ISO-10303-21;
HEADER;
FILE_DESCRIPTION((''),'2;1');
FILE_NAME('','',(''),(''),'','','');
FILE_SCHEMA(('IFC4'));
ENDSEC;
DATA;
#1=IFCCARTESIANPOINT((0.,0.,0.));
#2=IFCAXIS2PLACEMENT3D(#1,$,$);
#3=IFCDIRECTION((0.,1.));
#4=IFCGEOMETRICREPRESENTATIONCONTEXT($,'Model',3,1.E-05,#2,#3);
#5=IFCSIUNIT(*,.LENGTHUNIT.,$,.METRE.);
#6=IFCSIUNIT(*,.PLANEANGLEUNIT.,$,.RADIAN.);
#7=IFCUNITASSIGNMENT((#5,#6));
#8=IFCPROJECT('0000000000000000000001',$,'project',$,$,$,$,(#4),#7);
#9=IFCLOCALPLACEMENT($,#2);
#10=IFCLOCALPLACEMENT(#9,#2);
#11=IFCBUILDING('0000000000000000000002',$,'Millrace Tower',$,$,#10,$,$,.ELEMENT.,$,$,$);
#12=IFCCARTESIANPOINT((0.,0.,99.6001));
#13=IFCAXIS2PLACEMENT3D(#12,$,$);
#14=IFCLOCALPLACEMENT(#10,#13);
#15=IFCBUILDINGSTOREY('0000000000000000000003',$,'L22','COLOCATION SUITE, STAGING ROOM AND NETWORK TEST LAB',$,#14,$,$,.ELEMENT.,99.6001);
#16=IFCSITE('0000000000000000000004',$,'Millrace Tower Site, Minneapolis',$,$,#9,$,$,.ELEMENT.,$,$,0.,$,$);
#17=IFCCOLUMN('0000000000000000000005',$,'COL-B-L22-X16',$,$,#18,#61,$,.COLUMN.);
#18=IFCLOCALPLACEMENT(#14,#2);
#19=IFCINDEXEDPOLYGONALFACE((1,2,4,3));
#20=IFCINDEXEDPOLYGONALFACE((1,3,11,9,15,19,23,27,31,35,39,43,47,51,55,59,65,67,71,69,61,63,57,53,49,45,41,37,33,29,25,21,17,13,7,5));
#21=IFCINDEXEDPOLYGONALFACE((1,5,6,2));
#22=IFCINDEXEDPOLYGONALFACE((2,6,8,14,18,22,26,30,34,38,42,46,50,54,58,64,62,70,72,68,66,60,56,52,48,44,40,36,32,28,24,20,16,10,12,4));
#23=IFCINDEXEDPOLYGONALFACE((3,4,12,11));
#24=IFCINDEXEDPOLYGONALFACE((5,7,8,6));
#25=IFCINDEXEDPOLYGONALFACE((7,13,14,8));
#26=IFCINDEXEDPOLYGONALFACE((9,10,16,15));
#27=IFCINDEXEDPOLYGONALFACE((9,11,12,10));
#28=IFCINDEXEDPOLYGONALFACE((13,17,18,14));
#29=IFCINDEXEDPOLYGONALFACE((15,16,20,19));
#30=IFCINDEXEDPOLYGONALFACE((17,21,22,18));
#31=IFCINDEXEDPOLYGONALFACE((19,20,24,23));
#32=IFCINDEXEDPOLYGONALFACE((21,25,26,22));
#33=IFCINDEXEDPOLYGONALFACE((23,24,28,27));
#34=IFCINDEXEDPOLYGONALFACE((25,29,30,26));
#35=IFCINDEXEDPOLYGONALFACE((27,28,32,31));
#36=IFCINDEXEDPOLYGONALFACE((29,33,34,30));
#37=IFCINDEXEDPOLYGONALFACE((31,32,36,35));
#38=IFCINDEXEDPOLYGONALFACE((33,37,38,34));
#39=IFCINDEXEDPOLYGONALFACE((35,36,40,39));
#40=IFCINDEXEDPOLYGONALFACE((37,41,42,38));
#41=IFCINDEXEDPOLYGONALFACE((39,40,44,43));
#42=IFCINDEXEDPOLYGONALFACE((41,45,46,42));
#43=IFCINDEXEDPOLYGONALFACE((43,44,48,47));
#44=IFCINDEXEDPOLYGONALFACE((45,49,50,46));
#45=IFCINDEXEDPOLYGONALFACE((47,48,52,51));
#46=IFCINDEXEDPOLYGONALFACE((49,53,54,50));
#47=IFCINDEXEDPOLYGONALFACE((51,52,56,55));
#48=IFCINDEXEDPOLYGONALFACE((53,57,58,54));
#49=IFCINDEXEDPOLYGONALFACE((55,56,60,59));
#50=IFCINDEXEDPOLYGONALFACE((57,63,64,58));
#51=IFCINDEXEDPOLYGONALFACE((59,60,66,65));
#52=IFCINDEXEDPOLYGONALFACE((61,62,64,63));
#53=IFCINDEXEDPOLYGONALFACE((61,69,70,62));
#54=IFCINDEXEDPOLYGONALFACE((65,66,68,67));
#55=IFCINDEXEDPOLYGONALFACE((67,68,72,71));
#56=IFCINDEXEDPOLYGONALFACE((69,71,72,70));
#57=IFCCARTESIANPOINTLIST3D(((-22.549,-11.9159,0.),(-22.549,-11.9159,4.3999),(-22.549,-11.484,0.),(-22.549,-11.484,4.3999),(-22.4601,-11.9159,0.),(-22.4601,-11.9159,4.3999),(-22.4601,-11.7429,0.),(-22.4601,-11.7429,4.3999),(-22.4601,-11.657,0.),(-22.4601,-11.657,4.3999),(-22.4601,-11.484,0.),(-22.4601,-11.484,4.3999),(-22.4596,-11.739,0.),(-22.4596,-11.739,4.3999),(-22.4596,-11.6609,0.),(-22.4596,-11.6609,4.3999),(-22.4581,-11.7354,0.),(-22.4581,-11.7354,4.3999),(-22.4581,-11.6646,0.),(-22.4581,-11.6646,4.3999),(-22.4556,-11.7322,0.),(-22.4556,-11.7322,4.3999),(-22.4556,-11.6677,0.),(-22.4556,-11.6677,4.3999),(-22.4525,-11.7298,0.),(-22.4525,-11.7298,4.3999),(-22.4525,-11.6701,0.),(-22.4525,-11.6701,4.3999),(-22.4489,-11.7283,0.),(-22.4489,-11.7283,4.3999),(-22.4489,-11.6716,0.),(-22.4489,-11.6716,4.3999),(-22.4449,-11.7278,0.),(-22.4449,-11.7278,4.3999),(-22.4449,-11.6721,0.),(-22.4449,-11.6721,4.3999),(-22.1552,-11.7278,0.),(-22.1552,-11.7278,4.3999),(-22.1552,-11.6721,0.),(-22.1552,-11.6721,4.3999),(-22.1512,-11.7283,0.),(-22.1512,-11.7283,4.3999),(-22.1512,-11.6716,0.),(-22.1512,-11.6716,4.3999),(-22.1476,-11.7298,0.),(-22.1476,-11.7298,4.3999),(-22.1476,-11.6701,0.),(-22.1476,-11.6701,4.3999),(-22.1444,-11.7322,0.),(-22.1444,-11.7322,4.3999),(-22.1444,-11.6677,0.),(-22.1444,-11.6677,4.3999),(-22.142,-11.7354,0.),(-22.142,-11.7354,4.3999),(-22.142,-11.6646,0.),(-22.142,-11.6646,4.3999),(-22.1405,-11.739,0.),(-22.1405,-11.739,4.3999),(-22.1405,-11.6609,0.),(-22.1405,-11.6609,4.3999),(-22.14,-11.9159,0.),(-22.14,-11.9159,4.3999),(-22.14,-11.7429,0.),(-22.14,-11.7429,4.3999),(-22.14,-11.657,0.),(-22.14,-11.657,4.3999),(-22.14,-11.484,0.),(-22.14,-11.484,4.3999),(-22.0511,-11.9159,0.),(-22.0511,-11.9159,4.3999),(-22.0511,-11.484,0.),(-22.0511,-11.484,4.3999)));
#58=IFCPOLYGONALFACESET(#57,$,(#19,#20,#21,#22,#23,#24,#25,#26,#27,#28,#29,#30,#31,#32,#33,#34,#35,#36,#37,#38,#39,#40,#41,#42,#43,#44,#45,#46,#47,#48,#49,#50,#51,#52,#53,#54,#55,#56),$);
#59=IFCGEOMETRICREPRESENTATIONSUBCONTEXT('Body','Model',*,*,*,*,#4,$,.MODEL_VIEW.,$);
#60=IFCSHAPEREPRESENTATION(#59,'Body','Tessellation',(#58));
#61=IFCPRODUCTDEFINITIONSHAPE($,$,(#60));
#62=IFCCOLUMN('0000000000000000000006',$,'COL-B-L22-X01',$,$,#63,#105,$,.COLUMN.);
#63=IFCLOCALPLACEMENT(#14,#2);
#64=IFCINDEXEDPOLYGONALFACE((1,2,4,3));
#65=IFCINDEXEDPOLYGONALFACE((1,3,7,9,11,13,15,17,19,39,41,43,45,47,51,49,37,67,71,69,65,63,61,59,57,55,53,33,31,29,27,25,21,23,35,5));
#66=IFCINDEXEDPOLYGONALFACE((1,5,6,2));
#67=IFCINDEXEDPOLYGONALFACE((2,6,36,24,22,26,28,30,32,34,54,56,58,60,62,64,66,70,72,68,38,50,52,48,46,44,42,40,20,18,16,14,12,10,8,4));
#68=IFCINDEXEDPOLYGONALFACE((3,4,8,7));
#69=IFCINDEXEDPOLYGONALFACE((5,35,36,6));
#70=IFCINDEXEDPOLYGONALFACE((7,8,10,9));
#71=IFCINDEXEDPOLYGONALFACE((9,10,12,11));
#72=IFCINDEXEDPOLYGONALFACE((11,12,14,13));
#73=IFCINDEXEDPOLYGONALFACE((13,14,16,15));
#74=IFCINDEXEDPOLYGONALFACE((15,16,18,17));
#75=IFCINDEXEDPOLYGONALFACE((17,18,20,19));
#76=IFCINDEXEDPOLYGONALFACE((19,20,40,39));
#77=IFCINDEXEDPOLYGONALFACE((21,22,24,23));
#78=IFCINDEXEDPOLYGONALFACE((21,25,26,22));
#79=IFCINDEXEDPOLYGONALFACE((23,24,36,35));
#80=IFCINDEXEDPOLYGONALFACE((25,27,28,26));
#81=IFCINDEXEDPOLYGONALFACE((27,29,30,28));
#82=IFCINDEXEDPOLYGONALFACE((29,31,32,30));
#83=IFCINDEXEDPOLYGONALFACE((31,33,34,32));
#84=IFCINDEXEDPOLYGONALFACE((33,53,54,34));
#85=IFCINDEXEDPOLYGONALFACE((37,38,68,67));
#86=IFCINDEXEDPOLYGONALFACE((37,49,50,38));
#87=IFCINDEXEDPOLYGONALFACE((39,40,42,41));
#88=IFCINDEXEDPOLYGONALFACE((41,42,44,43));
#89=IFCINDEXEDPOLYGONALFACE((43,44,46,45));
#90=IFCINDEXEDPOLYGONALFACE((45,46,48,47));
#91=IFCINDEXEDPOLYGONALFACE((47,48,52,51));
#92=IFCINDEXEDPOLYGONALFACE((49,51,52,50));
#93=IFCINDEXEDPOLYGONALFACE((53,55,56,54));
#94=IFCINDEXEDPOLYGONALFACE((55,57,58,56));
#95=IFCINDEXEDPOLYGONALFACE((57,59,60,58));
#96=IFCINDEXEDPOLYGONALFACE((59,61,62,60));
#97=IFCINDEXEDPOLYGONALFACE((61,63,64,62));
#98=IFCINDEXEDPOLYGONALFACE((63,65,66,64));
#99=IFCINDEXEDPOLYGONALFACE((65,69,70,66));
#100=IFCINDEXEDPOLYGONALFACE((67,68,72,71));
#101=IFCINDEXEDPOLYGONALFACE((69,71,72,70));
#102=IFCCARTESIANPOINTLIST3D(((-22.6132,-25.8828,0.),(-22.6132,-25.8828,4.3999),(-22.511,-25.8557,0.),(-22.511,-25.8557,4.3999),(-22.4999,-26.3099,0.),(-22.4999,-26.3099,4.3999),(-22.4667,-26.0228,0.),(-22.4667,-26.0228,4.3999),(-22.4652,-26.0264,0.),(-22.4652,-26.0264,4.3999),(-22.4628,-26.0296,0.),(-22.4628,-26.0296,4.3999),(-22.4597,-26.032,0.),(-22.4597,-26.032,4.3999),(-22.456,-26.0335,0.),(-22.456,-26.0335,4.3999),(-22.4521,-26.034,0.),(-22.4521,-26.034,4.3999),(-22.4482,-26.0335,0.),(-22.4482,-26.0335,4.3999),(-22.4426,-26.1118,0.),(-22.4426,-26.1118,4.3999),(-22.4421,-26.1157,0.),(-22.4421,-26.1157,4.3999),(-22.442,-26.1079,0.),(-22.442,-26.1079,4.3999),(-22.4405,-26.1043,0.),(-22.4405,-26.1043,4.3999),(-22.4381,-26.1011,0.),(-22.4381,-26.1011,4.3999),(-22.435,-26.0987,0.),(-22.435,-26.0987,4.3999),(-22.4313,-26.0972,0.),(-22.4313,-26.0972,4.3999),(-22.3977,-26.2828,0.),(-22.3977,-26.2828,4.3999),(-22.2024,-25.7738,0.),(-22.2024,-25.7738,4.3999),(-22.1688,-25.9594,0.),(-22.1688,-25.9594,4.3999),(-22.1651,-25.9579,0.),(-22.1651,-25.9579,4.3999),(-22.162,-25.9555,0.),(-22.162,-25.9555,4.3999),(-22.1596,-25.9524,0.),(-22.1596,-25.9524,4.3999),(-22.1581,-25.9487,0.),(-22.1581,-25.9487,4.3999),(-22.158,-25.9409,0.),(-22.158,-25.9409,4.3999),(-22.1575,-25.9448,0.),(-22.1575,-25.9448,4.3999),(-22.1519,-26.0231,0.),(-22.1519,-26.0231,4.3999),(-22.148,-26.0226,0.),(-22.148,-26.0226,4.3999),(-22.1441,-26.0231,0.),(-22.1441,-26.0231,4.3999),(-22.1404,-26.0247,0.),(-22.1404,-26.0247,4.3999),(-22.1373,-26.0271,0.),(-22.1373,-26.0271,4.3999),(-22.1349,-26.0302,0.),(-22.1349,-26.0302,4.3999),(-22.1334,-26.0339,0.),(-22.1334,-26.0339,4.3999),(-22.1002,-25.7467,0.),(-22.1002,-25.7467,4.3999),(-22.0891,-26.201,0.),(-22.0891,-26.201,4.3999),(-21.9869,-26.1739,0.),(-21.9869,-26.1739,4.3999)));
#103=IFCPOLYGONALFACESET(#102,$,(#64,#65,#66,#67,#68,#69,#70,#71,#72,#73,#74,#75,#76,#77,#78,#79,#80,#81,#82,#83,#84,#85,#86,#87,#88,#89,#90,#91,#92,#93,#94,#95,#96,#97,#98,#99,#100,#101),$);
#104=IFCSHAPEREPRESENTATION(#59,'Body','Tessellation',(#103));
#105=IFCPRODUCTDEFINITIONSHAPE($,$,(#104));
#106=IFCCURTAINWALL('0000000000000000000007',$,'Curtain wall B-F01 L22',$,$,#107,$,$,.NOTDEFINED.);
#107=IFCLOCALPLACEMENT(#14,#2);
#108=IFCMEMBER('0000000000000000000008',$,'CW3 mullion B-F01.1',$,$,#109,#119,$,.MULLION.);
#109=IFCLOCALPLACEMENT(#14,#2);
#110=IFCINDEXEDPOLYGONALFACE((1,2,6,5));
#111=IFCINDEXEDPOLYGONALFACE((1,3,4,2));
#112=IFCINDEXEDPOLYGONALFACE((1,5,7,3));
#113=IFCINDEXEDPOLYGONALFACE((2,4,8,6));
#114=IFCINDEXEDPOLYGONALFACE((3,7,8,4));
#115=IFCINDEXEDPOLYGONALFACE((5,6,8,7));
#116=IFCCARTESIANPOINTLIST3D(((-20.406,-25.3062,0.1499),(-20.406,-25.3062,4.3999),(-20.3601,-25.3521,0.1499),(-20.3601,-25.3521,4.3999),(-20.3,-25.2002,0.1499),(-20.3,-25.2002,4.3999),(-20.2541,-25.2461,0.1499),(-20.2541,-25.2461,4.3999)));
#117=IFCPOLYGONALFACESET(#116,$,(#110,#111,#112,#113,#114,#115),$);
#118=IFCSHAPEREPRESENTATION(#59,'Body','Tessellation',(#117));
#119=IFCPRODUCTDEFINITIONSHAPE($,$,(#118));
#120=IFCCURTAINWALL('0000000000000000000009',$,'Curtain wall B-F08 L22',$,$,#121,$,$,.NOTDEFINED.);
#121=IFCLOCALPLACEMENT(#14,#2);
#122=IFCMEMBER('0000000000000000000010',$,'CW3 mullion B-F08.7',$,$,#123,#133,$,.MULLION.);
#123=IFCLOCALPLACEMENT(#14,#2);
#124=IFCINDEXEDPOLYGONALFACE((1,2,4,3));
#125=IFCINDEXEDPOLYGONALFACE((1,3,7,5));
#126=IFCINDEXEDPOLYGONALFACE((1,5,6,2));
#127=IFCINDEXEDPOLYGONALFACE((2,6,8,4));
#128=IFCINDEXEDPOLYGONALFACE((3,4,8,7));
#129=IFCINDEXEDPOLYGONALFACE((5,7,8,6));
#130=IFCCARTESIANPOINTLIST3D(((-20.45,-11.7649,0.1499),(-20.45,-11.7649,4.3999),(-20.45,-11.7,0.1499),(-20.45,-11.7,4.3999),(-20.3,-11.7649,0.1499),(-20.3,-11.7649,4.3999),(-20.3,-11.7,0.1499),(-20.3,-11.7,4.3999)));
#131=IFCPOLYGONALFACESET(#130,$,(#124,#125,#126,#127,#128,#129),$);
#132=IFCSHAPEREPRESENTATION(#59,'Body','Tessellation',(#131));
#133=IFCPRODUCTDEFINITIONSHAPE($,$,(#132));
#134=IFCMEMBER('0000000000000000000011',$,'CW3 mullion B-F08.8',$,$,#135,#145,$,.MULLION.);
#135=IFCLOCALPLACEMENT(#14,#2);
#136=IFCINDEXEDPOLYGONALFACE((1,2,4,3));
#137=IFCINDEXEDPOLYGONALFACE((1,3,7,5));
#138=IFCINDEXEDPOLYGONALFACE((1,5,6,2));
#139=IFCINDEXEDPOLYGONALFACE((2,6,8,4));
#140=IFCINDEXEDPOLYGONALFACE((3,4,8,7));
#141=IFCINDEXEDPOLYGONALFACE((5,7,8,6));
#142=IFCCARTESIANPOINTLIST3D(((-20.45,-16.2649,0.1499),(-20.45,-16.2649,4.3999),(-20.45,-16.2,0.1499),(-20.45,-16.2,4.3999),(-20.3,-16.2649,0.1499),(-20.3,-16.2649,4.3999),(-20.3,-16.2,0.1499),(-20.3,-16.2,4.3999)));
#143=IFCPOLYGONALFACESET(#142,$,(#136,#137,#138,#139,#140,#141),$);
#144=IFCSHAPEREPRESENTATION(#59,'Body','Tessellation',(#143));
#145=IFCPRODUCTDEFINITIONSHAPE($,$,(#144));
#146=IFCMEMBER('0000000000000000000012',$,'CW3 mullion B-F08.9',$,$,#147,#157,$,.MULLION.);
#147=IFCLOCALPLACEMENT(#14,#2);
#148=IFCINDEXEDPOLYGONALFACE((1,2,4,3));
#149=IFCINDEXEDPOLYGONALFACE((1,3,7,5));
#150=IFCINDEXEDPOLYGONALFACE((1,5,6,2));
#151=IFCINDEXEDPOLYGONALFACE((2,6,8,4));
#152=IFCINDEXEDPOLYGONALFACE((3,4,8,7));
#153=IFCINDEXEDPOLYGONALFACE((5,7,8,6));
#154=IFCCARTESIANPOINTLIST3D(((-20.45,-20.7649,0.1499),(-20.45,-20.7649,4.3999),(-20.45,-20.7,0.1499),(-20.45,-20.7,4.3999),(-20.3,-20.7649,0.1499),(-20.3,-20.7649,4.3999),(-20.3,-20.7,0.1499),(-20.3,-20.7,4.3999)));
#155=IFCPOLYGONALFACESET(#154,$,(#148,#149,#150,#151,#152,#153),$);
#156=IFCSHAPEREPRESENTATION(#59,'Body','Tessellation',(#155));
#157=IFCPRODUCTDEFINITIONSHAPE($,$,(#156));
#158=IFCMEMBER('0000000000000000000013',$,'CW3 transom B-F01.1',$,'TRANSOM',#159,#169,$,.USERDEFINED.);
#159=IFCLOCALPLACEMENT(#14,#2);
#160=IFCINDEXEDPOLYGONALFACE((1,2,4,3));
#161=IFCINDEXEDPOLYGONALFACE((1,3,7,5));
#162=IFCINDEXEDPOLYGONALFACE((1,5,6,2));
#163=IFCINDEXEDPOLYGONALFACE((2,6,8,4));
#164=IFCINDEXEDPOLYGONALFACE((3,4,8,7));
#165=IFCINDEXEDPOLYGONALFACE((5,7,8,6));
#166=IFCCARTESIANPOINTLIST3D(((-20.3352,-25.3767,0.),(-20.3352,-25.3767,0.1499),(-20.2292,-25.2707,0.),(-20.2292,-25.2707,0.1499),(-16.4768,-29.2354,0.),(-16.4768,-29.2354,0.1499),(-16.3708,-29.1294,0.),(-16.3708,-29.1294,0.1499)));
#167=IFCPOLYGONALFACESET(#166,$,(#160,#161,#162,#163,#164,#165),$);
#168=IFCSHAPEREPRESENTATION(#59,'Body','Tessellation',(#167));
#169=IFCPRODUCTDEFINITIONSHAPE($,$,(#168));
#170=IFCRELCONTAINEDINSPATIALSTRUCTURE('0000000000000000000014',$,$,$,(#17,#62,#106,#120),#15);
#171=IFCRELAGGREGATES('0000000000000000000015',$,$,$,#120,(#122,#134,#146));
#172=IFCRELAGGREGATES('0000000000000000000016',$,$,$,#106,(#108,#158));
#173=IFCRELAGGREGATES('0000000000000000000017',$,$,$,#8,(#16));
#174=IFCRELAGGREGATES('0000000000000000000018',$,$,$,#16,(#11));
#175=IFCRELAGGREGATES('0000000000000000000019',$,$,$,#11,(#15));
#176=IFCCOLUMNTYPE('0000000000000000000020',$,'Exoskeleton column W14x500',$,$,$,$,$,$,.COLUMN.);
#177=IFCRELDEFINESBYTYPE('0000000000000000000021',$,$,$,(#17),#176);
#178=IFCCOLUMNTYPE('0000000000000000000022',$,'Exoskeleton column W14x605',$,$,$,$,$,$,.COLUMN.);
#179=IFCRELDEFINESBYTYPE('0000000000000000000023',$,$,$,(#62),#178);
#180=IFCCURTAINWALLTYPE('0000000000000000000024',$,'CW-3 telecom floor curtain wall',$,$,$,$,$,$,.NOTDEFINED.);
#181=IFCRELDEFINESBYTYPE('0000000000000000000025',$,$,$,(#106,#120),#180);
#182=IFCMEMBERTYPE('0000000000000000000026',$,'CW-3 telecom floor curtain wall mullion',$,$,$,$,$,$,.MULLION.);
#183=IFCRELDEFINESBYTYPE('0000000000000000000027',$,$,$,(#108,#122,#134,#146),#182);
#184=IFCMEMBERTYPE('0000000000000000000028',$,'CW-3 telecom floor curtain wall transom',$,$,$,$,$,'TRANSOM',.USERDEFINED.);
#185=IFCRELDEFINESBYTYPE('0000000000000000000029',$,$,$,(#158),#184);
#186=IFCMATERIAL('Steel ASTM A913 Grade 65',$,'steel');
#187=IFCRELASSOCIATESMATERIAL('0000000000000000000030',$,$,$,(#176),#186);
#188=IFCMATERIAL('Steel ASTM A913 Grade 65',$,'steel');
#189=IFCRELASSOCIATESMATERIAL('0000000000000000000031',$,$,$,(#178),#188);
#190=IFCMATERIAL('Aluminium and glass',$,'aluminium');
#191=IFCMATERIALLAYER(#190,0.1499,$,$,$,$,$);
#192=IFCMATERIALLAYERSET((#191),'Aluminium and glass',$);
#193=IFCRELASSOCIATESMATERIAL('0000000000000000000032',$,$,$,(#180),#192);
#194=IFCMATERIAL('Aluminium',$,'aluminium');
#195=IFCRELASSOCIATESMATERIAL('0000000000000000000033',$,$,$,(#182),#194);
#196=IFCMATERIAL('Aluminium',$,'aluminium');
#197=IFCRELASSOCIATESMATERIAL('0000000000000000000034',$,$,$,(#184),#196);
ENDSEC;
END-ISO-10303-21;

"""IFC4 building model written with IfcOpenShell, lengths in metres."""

from ifc_helpers import new_model, si_unit, direction, frame, origin, origin_2d, place, context, subcontext, project, spatial, rectangle, i_section, extrude, material, layer, layer_set, material_profile, profile_set, type_object, element, aggregate, save


model = new_model("IFC4")

# Units and contexts
model_context = context("Model", 3, precision=1e-05, world=origin(), true_north=direction((0.0, 1.0)))
body_context = subcontext(model_context, "Body", "Model", "MODEL_VIEW")
ifc_project = project(units=[si_unit("LENGTHUNIT", "METRE"), si_unit("PLANEANGLEUNIT", "RADIAN")], contexts=[model_context])

# Site, building, storey
site_placement = place(None, origin())
site = spatial("IfcSite", under=ifc_project, at=site_placement, Name="Millrace Tower Site, Minneapolis", CompositionType="ELEMENT", RefElevation=0.0)
building_placement = place(site_placement, origin())
building = spatial("IfcBuilding", under=site, at=building_placement, Name="Millrace Tower", CompositionType="ELEMENT")
storey_placement = place(building_placement, frame((0.0, 0.0, 99.6001)))
storey = spatial("IfcBuildingStorey", under=building, at=storey_placement, Name="L22", Description="COLOCATION SUITE, STAGING ROOM AND NETWORK TEST LAB", CompositionType="ELEMENT", Elevation=99.6001)

# Columns
ifc_material_1 = material(Name="Steel ASTM A913 Grade 65", Category="steel")
ifc_material_profile_1 = material_profile(ifc_material_1, i_section(OverallWidth=0.4319, OverallDepth=0.4978, WebThickness=0.0557, FlangeThickness=0.0889, FilletRadius=0.0151, at=origin_2d()))
ifc_profile_set_1 = profile_set([ifc_material_profile_1], Name="Steel ASTM A913 Grade 65")
column_type_1 = type_object("IfcColumnType", Name="Exoskeleton column W14x500", PredefinedType="COLUMN", material=ifc_profile_set_1)
column_1_placement = place(storey_placement, frame((-22.3, -11.7, 0.0), z_axis=(0.0, 0.0, 1.0), x_axis=(0.0, -1.0, 0.0)))
element("IfcColumn", 1, at=column_1_placement, inside=storey, type_object=column_type_1, Name="COL-B-L22-X16", PredefinedType="COLUMN", context=body_context, shape_type="SweptSolid", body=[
    extrude(i_section(OverallWidth=0.4319, OverallDepth=0.4978, WebThickness=0.0557, FlangeThickness=0.0889, FilletRadius=0.0151, at=origin_2d()), origin(), (0.0, 0.0, 1.0), 4.3999),
])
ifc_material_2 = material(Name="Steel ASTM A913 Grade 65", Category="steel")
ifc_material_profile_2 = material_profile(ifc_material_2, i_section(OverallWidth=0.4419, OverallDepth=0.5308, WebThickness=0.0659, FlangeThickness=0.1057, FilletRadius=0.0151, at=origin_2d()))
ifc_profile_set_2 = profile_set([ifc_material_profile_2], Name="Steel ASTM A913 Grade 65")
column_type_2 = type_object("IfcColumnType", Name="Exoskeleton column W14x605", PredefinedType="COLUMN", material=ifc_profile_set_2)
column_2_placement = place(storey_placement, frame((-22.3, -26.0283, 0.0), z_axis=(0.0, 0.0, 1.0), x_axis=(0.256347, -0.966585, 0.0)))
element("IfcColumn", 2, at=column_2_placement, inside=storey, type_object=column_type_2, Name="COL-B-L22-X01", PredefinedType="COLUMN", context=body_context, shape_type="SweptSolid", body=[
    extrude(i_section(OverallWidth=0.4419, OverallDepth=0.5308, WebThickness=0.0659, FlangeThickness=0.1057, FilletRadius=0.0151, at=origin_2d()), origin(), (0.0, 0.0, 1.0), 4.3999),
])

# Curtain wall, member
ifc_material_3 = material(Name="Aluminium and glass", Category="aluminium")
ifc_layer_1 = layer(ifc_material_3, 0.1499)
ifc_layer_set_1 = layer_set([ifc_layer_1], Name="Aluminium and glass")
curtain_wall_type = type_object("IfcCurtainWallType", Name="CW-3 telecom floor curtain wall", PredefinedType="NOTDEFINED", material=ifc_layer_set_1)
placement = place(storey_placement, origin())
curtain_wall_1 = element("IfcCurtainWall", 3, at=placement, inside=storey, type_object=curtain_wall_type, Name="Curtain wall B-F01 L22", PredefinedType="NOTDEFINED")
ifc_material_4 = material(Name="Aluminium", Category="aluminium")
ifc_material_profile_3 = material_profile(ifc_material_4, rectangle(XDim=0.0649, YDim=0.1499, at=origin_2d()))
ifc_profile_set_3 = profile_set([ifc_material_profile_3], Name="Aluminium")
member_type_1 = type_object("IfcMemberType", Name="CW-3 telecom floor curtain wall mullion", PredefinedType="MULLION", material=ifc_profile_set_3)
member_1_placement = place(storey_placement, frame((-20.3301, -25.2761, 0.1499), z_axis=(0.0, 0.0, 1.0), x_axis=(0.707107, -0.707107, 0.0)))
member_1 = element("IfcMember", 4, at=member_1_placement, type_object=member_type_1, Name="CW3 mullion B-F01.1", PredefinedType="MULLION", context=body_context, shape_type="SweptSolid", body=[
    extrude(rectangle(XDim=0.0649, YDim=0.1499, at=origin_2d()), origin(), (0.0, 0.0, 1.0), 4.25),
])

# Curtain wall, members
curtain_wall_2 = element("IfcCurtainWall", 5, at=placement, inside=storey, type_object=curtain_wall_type, Name="Curtain wall B-F08 L22", PredefinedType="NOTDEFINED")
member_2_placement = place(storey_placement, frame((-20.375, -11.7324, 0.1499), z_axis=(0.0, 0.0, 1.0), x_axis=(0.0, -1.0, 0.0)))
member_2 = element("IfcMember", 6, at=member_2_placement, type_object=member_type_1, Name="CW3 mullion B-F08.7", PredefinedType="MULLION", context=body_context, shape_type="SweptSolid", body=[
    extrude(rectangle(XDim=0.0649, YDim=0.1499, at=origin_2d()), origin(), (0.0, 0.0, 1.0), 4.25),
])
member_3_placement = place(storey_placement, frame((-20.375, -16.2324, 0.1499), z_axis=(0.0, 0.0, 1.0), x_axis=(0.0, -1.0, 0.0)))
member_3 = element("IfcMember", 7, at=member_3_placement, type_object=member_type_1, Name="CW3 mullion B-F08.8", PredefinedType="MULLION", context=body_context, shape_type="SweptSolid", body=[
    extrude(rectangle(XDim=0.0649, YDim=0.1499, at=origin_2d()), origin(), (0.0, 0.0, 1.0), 4.25),
])
member_4_placement = place(storey_placement, frame((-20.375, -20.7324, 0.1499), z_axis=(0.0, 0.0, 1.0), x_axis=(0.0, -1.0, 0.0)))
member_4 = element("IfcMember", 8, at=member_4_placement, type_object=member_type_1, Name="CW3 mullion B-F08.9", PredefinedType="MULLION", context=body_context, shape_type="SweptSolid", body=[
    extrude(rectangle(XDim=0.0649, YDim=0.1499, at=origin_2d()), origin(), (0.0, 0.0, 1.0), 4.25),
])
aggregate(curtain_wall_2, [member_2, member_3, member_4])

# Member
ifc_material_5 = material(Name="Aluminium", Category="aluminium")
ifc_material_profile_4 = material_profile(ifc_material_5, rectangle(XDim=0.1499, YDim=0.1499, at=origin_2d()))
ifc_profile_set_4 = profile_set([ifc_material_profile_4], Name="Aluminium")
member_type_2 = type_object("IfcMemberType", Name="CW-3 telecom floor curtain wall transom", ElementType="TRANSOM", PredefinedType="USERDEFINED", material=ifc_profile_set_4)
member_5_placement = place(storey_placement, frame((-20.2822, -25.3237, 0.075), z_axis=(0.707084, -0.707129, 0.0), x_axis=(0.707129, 0.707084, 0.0)))
member_5 = element("IfcMember", 9, at=member_5_placement, type_object=member_type_2, Name="CW3 transom B-F01.1", ObjectType="TRANSOM", PredefinedType="USERDEFINED", context=body_context, shape_type="SweptSolid", body=[
    extrude(rectangle(XDim=0.1499, YDim=0.1499, at=origin_2d()), origin(), (0.0, 0.0, 1.0), 5.4568),
])
aggregate(curtain_wall_1, [member_1, member_5])

save(model, "model.ifc")
